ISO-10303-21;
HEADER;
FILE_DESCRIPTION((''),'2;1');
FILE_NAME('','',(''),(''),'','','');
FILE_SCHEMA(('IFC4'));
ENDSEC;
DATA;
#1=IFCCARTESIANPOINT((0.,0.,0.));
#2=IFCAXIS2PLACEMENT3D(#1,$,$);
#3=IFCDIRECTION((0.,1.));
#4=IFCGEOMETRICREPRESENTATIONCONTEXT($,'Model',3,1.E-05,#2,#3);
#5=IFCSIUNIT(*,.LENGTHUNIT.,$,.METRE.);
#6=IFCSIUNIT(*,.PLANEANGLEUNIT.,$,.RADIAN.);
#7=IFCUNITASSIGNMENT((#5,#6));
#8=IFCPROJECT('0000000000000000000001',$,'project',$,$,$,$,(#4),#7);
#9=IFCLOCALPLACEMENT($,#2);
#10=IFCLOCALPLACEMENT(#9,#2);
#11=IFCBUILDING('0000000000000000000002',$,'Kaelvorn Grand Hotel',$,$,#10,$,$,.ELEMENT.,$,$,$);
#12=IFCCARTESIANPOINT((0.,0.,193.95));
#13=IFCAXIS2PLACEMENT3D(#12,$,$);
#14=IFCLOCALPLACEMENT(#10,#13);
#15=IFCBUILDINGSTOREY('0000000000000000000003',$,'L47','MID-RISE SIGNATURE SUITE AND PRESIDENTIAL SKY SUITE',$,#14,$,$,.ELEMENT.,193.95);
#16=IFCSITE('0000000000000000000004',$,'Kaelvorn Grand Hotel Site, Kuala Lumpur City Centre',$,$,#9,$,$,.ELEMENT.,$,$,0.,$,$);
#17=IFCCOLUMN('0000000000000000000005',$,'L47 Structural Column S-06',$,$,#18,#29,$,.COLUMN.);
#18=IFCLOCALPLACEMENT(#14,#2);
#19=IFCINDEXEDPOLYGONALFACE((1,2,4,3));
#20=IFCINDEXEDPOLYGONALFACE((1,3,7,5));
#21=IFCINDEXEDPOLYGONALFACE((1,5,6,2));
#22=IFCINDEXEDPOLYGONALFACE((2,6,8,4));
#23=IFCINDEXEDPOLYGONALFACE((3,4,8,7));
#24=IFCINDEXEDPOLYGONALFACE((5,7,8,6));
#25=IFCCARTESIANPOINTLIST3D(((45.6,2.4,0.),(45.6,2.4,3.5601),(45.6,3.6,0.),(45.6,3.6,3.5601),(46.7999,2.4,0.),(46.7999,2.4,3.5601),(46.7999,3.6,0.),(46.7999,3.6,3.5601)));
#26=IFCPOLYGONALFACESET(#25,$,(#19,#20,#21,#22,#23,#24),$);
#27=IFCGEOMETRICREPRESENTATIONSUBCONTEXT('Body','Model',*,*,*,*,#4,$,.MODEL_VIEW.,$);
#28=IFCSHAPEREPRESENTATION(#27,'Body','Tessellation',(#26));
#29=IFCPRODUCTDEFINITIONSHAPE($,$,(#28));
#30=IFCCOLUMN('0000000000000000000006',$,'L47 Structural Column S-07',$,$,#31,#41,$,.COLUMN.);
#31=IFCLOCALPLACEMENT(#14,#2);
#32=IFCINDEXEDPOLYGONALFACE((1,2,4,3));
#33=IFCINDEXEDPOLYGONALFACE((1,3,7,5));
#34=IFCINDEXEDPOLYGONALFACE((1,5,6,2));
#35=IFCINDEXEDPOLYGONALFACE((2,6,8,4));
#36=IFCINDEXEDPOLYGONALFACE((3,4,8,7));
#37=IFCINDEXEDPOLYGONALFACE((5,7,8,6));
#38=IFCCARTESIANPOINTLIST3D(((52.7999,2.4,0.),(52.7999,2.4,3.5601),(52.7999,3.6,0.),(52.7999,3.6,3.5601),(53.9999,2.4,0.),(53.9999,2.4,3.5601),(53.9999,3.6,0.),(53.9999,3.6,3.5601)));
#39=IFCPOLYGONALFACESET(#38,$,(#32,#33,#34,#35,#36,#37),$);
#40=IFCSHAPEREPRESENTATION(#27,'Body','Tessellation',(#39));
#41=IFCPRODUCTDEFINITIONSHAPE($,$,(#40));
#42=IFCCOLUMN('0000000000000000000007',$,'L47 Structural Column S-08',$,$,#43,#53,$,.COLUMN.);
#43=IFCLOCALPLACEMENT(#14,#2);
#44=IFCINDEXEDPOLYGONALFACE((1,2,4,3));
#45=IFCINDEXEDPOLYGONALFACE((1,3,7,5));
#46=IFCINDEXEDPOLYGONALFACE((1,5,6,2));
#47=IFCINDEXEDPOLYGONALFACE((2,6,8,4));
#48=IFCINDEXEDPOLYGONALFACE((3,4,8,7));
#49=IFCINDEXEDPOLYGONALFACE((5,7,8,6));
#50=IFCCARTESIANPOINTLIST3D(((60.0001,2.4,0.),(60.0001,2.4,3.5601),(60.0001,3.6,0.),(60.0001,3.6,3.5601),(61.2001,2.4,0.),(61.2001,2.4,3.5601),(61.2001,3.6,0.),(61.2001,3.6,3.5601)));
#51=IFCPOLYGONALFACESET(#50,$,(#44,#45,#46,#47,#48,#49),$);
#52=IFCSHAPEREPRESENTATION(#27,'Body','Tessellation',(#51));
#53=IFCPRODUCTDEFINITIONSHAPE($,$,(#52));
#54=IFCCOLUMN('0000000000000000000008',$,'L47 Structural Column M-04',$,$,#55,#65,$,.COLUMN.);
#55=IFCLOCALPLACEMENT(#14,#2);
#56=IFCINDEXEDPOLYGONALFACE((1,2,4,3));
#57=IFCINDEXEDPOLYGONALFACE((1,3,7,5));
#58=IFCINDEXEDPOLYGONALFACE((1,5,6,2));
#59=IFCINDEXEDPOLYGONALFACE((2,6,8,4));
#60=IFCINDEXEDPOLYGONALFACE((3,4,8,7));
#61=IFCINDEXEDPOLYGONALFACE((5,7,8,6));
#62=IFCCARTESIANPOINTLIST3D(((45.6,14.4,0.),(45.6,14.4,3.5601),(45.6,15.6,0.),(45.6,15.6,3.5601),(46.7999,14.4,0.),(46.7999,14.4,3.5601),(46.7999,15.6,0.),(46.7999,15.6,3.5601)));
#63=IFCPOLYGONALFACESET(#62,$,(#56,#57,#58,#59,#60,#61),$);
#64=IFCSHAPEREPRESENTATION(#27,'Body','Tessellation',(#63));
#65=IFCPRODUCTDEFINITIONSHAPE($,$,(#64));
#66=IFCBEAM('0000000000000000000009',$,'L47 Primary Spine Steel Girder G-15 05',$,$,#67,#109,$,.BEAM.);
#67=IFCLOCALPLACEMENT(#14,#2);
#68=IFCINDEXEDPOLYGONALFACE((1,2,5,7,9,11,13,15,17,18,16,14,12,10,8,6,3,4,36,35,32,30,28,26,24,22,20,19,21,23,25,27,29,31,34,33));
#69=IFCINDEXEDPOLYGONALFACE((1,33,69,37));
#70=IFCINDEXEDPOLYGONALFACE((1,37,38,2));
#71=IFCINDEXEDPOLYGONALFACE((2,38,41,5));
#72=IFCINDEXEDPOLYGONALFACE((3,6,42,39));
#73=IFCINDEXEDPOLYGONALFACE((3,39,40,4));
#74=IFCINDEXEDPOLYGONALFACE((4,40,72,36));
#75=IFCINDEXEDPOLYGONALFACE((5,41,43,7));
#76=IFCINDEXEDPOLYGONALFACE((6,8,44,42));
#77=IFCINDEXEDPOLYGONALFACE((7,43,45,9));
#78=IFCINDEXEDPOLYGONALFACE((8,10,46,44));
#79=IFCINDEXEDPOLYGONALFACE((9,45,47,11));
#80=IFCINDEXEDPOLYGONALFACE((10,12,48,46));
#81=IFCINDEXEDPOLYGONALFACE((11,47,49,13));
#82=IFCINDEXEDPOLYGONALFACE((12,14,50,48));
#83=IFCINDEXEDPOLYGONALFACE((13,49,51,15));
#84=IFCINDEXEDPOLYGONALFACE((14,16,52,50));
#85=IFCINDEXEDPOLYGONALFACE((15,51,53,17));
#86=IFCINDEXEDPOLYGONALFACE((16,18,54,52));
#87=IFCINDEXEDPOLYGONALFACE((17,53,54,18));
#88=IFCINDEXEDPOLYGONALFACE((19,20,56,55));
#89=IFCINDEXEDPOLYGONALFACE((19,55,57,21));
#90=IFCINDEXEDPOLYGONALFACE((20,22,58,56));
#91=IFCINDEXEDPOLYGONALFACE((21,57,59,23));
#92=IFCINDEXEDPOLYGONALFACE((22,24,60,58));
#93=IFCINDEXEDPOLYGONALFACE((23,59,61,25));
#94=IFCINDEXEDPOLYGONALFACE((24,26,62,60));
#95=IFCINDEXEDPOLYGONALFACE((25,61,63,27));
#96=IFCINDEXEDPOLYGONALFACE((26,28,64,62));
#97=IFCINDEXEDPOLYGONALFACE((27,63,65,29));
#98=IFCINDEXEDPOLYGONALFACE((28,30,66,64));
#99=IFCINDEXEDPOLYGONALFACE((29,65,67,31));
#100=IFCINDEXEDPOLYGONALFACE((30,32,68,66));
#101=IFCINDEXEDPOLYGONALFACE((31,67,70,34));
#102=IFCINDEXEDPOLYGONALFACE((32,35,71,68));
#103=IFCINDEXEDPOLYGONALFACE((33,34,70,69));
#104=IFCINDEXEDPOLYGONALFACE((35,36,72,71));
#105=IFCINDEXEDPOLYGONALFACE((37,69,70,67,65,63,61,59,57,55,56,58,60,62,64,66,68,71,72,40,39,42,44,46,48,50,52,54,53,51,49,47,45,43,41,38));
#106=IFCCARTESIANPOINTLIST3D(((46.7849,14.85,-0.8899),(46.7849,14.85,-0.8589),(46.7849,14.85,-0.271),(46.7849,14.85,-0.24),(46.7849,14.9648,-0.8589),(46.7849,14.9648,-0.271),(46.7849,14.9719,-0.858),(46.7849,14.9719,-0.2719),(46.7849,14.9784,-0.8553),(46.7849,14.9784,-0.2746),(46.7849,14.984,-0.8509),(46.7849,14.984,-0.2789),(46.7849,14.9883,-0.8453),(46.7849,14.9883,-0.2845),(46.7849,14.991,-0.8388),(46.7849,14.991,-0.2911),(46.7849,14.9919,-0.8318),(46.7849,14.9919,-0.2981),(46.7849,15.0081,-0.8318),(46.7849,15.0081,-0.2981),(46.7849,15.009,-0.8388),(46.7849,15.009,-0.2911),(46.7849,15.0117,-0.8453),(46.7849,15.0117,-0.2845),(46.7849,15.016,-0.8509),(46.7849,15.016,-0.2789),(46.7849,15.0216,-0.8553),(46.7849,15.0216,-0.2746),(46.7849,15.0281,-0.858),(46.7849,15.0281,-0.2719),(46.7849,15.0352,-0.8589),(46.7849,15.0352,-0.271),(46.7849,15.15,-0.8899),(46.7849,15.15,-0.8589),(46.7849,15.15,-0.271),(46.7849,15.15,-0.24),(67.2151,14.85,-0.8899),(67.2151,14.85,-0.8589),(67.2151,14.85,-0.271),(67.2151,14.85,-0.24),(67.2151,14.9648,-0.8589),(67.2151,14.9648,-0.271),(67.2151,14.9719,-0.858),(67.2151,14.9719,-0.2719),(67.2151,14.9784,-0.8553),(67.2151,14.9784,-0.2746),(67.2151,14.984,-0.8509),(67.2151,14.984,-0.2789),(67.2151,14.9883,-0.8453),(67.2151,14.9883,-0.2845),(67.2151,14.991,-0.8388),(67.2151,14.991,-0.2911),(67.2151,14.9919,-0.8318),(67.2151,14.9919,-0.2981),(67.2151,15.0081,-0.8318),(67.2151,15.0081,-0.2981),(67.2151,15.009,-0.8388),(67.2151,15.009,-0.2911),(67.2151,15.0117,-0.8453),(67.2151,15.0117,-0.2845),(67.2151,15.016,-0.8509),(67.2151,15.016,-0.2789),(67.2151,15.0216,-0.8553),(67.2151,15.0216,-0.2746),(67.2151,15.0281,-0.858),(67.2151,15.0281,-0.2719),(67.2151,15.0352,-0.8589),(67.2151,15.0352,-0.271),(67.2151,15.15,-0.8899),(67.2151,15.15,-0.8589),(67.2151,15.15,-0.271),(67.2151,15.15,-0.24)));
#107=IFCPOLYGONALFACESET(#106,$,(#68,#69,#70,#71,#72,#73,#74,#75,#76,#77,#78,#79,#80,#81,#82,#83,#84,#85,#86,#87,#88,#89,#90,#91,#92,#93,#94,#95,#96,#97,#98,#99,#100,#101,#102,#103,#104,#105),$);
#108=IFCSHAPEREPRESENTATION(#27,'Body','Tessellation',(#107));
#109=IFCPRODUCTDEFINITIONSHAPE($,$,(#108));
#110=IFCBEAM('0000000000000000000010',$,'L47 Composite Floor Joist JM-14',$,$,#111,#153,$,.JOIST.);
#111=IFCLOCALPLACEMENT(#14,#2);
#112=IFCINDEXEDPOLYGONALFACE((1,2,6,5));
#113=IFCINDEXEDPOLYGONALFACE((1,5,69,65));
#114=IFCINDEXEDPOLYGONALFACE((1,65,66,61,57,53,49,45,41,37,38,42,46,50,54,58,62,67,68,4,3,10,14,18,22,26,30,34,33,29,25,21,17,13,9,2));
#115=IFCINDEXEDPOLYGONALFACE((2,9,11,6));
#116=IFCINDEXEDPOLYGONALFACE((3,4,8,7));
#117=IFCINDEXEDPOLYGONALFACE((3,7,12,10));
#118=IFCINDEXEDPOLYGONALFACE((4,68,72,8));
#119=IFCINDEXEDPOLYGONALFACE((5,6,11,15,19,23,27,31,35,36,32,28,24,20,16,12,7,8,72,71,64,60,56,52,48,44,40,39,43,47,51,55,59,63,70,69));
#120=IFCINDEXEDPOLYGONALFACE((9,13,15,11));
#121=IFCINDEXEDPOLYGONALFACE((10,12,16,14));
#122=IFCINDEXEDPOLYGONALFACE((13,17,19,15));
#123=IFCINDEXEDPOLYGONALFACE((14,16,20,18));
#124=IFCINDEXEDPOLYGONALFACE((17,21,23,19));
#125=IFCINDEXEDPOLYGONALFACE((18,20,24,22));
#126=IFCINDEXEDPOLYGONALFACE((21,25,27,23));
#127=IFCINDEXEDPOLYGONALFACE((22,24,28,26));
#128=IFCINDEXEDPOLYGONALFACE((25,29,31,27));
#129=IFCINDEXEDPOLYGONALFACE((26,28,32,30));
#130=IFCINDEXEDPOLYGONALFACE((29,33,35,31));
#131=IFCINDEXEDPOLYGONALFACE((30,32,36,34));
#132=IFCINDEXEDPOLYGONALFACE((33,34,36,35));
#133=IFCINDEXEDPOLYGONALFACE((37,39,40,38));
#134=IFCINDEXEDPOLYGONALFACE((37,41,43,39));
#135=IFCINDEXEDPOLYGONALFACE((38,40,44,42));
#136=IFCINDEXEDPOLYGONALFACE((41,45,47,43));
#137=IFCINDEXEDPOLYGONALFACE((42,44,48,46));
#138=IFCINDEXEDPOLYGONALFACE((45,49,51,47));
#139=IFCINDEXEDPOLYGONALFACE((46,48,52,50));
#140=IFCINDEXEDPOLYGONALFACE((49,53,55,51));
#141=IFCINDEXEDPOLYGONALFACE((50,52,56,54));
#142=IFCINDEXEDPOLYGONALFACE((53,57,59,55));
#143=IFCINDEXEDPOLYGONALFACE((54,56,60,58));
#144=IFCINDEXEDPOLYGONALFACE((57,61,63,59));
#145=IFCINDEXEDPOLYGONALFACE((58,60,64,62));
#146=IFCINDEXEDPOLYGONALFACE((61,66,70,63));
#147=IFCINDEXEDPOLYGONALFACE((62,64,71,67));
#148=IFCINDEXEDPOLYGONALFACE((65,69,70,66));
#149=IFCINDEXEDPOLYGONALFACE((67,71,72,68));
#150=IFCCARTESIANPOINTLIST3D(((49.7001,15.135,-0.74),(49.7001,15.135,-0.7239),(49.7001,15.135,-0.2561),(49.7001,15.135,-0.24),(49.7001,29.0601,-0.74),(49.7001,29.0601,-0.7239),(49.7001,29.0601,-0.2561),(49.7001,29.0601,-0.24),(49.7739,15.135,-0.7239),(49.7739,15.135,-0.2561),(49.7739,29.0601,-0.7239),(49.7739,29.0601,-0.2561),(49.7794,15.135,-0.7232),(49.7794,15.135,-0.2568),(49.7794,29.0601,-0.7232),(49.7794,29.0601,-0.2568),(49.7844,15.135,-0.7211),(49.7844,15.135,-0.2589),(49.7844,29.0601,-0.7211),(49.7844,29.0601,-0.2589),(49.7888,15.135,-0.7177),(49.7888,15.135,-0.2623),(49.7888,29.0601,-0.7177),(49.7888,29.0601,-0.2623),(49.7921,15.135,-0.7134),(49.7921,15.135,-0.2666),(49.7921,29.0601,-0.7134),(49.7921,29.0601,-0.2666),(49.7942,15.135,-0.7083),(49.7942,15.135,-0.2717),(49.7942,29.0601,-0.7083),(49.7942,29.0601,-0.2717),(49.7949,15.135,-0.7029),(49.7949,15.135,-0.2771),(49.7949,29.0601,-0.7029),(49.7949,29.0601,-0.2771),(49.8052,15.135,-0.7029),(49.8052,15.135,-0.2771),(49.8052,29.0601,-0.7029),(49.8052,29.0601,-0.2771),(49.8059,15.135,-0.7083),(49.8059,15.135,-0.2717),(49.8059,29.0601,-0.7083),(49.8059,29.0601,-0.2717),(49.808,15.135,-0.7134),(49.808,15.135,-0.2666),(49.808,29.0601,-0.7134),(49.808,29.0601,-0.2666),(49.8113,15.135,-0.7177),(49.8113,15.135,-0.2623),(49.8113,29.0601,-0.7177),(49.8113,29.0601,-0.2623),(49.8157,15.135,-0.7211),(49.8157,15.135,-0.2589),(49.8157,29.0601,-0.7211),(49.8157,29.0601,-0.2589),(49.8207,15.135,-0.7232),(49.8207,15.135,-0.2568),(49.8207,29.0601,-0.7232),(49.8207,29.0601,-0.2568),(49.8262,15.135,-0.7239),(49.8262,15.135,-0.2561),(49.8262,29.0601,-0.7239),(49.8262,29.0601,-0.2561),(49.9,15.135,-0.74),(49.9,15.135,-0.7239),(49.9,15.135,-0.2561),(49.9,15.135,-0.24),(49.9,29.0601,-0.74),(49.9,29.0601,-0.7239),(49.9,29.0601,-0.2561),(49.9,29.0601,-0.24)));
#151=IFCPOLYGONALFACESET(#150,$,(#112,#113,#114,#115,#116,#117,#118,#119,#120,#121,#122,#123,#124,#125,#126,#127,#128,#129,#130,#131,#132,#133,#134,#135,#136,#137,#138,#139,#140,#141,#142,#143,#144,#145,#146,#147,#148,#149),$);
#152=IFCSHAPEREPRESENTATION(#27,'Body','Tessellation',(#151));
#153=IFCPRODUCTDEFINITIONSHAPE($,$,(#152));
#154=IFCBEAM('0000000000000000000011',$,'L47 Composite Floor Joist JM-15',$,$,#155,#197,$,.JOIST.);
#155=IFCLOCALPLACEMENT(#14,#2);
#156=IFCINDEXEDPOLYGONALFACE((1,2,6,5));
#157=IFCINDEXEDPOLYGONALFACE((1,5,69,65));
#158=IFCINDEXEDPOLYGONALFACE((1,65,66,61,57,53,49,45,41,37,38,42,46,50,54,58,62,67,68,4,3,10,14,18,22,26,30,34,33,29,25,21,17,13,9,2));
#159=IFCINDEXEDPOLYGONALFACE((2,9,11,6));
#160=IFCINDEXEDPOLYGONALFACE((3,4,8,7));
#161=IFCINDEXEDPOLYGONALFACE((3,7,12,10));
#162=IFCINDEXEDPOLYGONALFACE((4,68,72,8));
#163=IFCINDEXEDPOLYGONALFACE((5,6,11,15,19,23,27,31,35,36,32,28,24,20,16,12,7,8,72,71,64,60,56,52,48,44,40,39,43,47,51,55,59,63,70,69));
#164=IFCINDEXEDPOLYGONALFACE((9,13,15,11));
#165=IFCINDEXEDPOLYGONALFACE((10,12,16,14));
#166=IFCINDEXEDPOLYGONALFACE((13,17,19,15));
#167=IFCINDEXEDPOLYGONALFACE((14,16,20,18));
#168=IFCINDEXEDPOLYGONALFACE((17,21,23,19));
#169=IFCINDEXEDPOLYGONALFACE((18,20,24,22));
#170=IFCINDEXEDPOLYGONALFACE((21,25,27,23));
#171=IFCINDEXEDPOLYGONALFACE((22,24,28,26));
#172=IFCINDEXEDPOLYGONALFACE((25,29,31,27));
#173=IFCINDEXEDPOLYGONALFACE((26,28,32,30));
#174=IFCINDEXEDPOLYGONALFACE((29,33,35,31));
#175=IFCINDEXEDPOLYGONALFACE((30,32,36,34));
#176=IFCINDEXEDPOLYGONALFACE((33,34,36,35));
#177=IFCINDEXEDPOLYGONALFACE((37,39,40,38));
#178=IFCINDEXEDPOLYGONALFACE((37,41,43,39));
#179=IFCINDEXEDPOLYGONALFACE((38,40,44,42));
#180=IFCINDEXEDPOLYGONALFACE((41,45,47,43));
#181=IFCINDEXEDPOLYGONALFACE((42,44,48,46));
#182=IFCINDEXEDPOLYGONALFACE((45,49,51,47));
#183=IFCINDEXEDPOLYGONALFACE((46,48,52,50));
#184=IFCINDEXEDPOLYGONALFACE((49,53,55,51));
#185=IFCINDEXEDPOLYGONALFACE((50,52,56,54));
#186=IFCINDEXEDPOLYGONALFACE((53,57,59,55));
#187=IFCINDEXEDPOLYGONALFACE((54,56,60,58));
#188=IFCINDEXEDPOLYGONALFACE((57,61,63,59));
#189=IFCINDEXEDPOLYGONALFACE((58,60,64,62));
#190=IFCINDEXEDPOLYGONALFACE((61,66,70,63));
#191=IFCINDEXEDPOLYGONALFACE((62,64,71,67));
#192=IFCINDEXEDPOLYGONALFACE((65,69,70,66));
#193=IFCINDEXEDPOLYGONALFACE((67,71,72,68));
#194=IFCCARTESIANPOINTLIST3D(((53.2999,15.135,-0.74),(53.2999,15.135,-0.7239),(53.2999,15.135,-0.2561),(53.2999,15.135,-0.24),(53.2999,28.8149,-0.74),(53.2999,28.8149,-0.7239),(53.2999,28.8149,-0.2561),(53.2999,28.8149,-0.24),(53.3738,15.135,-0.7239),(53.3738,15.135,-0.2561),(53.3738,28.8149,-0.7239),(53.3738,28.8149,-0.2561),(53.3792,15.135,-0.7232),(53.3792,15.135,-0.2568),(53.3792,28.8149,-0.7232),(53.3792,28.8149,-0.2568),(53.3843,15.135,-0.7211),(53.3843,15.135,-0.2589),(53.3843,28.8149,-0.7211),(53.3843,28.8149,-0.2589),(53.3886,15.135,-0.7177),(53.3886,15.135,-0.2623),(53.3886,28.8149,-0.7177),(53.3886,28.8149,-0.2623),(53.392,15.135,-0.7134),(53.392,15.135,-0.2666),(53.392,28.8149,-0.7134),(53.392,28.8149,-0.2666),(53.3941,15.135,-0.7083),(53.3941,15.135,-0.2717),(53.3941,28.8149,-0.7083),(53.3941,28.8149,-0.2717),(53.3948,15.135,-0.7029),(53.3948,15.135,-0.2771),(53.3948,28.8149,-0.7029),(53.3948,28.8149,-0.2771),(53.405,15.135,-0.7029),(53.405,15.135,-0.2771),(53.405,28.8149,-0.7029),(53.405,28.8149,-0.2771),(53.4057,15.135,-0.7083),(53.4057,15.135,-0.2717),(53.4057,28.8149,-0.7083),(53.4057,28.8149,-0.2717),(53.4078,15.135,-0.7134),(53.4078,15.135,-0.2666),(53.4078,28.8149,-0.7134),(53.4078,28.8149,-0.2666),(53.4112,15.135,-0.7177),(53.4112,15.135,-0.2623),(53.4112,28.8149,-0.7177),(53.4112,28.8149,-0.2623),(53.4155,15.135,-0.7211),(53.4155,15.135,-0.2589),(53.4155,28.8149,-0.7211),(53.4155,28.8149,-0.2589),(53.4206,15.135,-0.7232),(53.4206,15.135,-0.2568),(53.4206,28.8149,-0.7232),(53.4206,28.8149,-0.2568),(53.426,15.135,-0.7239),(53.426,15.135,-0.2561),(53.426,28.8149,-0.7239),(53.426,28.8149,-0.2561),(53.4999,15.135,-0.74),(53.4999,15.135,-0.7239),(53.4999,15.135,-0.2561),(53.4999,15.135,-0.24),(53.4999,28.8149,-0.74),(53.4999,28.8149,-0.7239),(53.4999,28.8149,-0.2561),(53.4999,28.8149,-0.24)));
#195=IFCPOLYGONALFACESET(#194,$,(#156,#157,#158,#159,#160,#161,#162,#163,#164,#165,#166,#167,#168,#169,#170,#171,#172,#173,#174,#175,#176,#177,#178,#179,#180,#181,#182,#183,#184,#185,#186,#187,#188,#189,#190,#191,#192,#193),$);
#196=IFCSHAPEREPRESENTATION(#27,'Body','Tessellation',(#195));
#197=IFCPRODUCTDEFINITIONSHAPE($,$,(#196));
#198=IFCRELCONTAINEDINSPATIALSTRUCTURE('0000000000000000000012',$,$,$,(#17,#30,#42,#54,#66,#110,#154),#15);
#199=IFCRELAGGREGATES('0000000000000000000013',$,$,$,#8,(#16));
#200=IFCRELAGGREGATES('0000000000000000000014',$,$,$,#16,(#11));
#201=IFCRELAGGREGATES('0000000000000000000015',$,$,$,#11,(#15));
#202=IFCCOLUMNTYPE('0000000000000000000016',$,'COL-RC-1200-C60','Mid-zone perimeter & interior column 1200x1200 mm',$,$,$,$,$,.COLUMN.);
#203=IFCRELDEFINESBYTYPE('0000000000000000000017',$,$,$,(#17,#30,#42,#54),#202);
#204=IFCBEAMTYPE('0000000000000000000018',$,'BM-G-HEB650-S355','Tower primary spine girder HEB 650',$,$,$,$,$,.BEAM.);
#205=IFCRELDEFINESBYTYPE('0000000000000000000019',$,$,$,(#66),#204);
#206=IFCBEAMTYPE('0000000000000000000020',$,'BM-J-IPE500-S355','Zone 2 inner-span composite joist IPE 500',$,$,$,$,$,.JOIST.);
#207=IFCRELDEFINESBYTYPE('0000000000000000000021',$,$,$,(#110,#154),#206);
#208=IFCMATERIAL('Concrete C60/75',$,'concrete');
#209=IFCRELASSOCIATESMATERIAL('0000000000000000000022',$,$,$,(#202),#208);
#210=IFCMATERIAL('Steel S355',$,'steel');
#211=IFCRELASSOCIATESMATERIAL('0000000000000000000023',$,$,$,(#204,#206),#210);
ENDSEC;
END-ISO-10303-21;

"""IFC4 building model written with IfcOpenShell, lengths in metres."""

from ifc_helpers import new_model, si_unit, direction, frame, origin, origin_2d, place, context, subcontext, project, spatial, rectangle, i_section, extrude, material, material_profile, profile_set, type_object, element, save


model = new_model("IFC4")

# Units and contexts
model_context = context("Model", 3, precision=1e-05, world=origin(), true_north=direction((0.0, 1.0)))
body_context = subcontext(model_context, "Body", "Model", "MODEL_VIEW")
ifc_project = project(units=[si_unit("LENGTHUNIT", "METRE"), si_unit("PLANEANGLEUNIT", "RADIAN")], contexts=[model_context])

# Site, building, storey
site_placement = place(None, origin())
site = spatial("IfcSite", under=ifc_project, at=site_placement, Name="Kaelvorn Grand Hotel Site, Kuala Lumpur City Centre", CompositionType="ELEMENT", RefElevation=0.0)
building_placement = place(site_placement, origin())
building = spatial("IfcBuilding", under=site, at=building_placement, Name="Kaelvorn Grand Hotel", CompositionType="ELEMENT")
storey_placement = place(building_placement, frame((0.0, 0.0, 193.95)))
storey = spatial("IfcBuildingStorey", under=building, at=storey_placement, Name="L47", Description="MID-RISE SIGNATURE SUITE AND PRESIDENTIAL SKY SUITE", CompositionType="ELEMENT", Elevation=193.95)

# Columns
ifc_material_1 = material(Name="Concrete C60/75", Category="concrete")
ifc_material_profile_1 = material_profile(ifc_material_1, rectangle(XDim=1.2, YDim=1.2, at=origin_2d()), Name="RC COL 1200x1200")
ifc_profile_set_1 = profile_set([ifc_material_profile_1], Name="Concrete C60/75")
column_type = type_object("IfcColumnType", Name="COL-RC-1200-C60", Description="Mid-zone perimeter & interior column 1200x1200 mm", PredefinedType="COLUMN", material=ifc_profile_set_1)
for number, where, z_axis, x_axis, name in (
    (1, (46.2, 3.0, 0.0), (0.0, 0.0, 1.0), (1.0, 0.0, 0.0), "L47 Structural Column S-06"),
    (2, (53.3999, 3.0, 0.0), (0.0, 0.0, 1.0), (1.0, 0.0, 0.0), "L47 Structural Column S-07"),
    (3, (60.6001, 3.0, 0.0), (0.0, 0.0, 1.0), (1.0, 0.0, 0.0), "L47 Structural Column S-08"),
    (4, (46.2, 15.0, 0.0), (0.0, 0.0, 1.0), (1.0, 0.0, 0.0), "L47 Structural Column M-04"),
):
    element("IfcColumn", number, at=place(storey_placement, frame(where, z_axis=z_axis, x_axis=x_axis)), inside=storey, type_object=column_type, Name=name, PredefinedType="COLUMN", context=body_context, shape_type="SweptSolid", body=[
        extrude(rectangle(XDim=1.2, YDim=1.2, at=origin_2d()), origin(), (0.0, 0.0, 1.0), 3.5601),
    ])

# Beams
ifc_material_2 = material(Name="Steel S355", Category="steel")
ifc_material_profile_2 = material_profile(ifc_material_2, i_section(OverallWidth=0.3, OverallDepth=0.6499, WebThickness=0.0161, FlangeThickness=0.031, FilletRadius=0.0271, at=origin_2d()), Name="HEB 650")
ifc_profile_set_2 = profile_set([ifc_material_profile_2], Name="Steel S355")
beam_type_1 = type_object("IfcBeamType", Name="BM-G-HEB650-S355", Description="Tower primary spine girder HEB 650", PredefinedType="BEAM", material=ifc_profile_set_2)
beam_1_placement = place(storey_placement, frame((46.7849, 15.0, -0.5649), z_axis=(1.0, 0.0, 0.0), x_axis=(0.0, 1.0, 0.0)))
element("IfcBeam", 5, at=beam_1_placement, inside=storey, type_object=beam_type_1, Name="L47 Primary Spine Steel Girder G-15 05", PredefinedType="BEAM", context=body_context, shape_type="SweptSolid", body=[
    extrude(i_section(OverallWidth=0.3, OverallDepth=0.6499, WebThickness=0.0161, FlangeThickness=0.031, FilletRadius=0.0271, at=origin_2d()), origin(), (0.0, 0.0, 1.0), 20.4302),
])
ifc_material_profile_3 = material_profile(ifc_material_2, i_section(OverallWidth=0.2, OverallDepth=0.5, WebThickness=0.0103, FlangeThickness=0.0161, FilletRadius=0.021, at=origin_2d()), Name="IPE 500")
ifc_profile_set_3 = profile_set([ifc_material_profile_3], Name="Steel S355")
beam_type_2 = type_object("IfcBeamType", Name="BM-J-IPE500-S355", Description="Zone 2 inner-span composite joist IPE 500", PredefinedType="JOIST", material=ifc_profile_set_3)
beam_2_placement = place(storey_placement, frame((49.8, 15.135, -0.49), z_axis=(0.0, 1.0, 0.0), x_axis=(-1.0, 0.0, 0.0)))
element("IfcBeam", 6, at=beam_2_placement, inside=storey, type_object=beam_type_2, Name="L47 Composite Floor Joist JM-14", PredefinedType="JOIST", context=body_context, shape_type="SweptSolid", body=[
    extrude(i_section(OverallWidth=0.2, OverallDepth=0.5, WebThickness=0.0103, FlangeThickness=0.0161, FilletRadius=0.021, at=origin_2d()), origin(), (0.0, 0.0, 1.0), 13.925),
])
beam_3_placement = place(storey_placement, frame((53.3999, 15.135, -0.49), z_axis=(0.0, 1.0, 0.0), x_axis=(-1.0, 0.0, 0.0)))
element("IfcBeam", 7, at=beam_3_placement, inside=storey, type_object=beam_type_2, Name="L47 Composite Floor Joist JM-15", PredefinedType="JOIST", context=body_context, shape_type="SweptSolid", body=[
    extrude(i_section(OverallWidth=0.2, OverallDepth=0.5, WebThickness=0.0103, FlangeThickness=0.0161, FilletRadius=0.021, at=origin_2d()), origin(), (0.0, 0.0, 1.0), 13.6799),
])

save(model, "model.ifc")
